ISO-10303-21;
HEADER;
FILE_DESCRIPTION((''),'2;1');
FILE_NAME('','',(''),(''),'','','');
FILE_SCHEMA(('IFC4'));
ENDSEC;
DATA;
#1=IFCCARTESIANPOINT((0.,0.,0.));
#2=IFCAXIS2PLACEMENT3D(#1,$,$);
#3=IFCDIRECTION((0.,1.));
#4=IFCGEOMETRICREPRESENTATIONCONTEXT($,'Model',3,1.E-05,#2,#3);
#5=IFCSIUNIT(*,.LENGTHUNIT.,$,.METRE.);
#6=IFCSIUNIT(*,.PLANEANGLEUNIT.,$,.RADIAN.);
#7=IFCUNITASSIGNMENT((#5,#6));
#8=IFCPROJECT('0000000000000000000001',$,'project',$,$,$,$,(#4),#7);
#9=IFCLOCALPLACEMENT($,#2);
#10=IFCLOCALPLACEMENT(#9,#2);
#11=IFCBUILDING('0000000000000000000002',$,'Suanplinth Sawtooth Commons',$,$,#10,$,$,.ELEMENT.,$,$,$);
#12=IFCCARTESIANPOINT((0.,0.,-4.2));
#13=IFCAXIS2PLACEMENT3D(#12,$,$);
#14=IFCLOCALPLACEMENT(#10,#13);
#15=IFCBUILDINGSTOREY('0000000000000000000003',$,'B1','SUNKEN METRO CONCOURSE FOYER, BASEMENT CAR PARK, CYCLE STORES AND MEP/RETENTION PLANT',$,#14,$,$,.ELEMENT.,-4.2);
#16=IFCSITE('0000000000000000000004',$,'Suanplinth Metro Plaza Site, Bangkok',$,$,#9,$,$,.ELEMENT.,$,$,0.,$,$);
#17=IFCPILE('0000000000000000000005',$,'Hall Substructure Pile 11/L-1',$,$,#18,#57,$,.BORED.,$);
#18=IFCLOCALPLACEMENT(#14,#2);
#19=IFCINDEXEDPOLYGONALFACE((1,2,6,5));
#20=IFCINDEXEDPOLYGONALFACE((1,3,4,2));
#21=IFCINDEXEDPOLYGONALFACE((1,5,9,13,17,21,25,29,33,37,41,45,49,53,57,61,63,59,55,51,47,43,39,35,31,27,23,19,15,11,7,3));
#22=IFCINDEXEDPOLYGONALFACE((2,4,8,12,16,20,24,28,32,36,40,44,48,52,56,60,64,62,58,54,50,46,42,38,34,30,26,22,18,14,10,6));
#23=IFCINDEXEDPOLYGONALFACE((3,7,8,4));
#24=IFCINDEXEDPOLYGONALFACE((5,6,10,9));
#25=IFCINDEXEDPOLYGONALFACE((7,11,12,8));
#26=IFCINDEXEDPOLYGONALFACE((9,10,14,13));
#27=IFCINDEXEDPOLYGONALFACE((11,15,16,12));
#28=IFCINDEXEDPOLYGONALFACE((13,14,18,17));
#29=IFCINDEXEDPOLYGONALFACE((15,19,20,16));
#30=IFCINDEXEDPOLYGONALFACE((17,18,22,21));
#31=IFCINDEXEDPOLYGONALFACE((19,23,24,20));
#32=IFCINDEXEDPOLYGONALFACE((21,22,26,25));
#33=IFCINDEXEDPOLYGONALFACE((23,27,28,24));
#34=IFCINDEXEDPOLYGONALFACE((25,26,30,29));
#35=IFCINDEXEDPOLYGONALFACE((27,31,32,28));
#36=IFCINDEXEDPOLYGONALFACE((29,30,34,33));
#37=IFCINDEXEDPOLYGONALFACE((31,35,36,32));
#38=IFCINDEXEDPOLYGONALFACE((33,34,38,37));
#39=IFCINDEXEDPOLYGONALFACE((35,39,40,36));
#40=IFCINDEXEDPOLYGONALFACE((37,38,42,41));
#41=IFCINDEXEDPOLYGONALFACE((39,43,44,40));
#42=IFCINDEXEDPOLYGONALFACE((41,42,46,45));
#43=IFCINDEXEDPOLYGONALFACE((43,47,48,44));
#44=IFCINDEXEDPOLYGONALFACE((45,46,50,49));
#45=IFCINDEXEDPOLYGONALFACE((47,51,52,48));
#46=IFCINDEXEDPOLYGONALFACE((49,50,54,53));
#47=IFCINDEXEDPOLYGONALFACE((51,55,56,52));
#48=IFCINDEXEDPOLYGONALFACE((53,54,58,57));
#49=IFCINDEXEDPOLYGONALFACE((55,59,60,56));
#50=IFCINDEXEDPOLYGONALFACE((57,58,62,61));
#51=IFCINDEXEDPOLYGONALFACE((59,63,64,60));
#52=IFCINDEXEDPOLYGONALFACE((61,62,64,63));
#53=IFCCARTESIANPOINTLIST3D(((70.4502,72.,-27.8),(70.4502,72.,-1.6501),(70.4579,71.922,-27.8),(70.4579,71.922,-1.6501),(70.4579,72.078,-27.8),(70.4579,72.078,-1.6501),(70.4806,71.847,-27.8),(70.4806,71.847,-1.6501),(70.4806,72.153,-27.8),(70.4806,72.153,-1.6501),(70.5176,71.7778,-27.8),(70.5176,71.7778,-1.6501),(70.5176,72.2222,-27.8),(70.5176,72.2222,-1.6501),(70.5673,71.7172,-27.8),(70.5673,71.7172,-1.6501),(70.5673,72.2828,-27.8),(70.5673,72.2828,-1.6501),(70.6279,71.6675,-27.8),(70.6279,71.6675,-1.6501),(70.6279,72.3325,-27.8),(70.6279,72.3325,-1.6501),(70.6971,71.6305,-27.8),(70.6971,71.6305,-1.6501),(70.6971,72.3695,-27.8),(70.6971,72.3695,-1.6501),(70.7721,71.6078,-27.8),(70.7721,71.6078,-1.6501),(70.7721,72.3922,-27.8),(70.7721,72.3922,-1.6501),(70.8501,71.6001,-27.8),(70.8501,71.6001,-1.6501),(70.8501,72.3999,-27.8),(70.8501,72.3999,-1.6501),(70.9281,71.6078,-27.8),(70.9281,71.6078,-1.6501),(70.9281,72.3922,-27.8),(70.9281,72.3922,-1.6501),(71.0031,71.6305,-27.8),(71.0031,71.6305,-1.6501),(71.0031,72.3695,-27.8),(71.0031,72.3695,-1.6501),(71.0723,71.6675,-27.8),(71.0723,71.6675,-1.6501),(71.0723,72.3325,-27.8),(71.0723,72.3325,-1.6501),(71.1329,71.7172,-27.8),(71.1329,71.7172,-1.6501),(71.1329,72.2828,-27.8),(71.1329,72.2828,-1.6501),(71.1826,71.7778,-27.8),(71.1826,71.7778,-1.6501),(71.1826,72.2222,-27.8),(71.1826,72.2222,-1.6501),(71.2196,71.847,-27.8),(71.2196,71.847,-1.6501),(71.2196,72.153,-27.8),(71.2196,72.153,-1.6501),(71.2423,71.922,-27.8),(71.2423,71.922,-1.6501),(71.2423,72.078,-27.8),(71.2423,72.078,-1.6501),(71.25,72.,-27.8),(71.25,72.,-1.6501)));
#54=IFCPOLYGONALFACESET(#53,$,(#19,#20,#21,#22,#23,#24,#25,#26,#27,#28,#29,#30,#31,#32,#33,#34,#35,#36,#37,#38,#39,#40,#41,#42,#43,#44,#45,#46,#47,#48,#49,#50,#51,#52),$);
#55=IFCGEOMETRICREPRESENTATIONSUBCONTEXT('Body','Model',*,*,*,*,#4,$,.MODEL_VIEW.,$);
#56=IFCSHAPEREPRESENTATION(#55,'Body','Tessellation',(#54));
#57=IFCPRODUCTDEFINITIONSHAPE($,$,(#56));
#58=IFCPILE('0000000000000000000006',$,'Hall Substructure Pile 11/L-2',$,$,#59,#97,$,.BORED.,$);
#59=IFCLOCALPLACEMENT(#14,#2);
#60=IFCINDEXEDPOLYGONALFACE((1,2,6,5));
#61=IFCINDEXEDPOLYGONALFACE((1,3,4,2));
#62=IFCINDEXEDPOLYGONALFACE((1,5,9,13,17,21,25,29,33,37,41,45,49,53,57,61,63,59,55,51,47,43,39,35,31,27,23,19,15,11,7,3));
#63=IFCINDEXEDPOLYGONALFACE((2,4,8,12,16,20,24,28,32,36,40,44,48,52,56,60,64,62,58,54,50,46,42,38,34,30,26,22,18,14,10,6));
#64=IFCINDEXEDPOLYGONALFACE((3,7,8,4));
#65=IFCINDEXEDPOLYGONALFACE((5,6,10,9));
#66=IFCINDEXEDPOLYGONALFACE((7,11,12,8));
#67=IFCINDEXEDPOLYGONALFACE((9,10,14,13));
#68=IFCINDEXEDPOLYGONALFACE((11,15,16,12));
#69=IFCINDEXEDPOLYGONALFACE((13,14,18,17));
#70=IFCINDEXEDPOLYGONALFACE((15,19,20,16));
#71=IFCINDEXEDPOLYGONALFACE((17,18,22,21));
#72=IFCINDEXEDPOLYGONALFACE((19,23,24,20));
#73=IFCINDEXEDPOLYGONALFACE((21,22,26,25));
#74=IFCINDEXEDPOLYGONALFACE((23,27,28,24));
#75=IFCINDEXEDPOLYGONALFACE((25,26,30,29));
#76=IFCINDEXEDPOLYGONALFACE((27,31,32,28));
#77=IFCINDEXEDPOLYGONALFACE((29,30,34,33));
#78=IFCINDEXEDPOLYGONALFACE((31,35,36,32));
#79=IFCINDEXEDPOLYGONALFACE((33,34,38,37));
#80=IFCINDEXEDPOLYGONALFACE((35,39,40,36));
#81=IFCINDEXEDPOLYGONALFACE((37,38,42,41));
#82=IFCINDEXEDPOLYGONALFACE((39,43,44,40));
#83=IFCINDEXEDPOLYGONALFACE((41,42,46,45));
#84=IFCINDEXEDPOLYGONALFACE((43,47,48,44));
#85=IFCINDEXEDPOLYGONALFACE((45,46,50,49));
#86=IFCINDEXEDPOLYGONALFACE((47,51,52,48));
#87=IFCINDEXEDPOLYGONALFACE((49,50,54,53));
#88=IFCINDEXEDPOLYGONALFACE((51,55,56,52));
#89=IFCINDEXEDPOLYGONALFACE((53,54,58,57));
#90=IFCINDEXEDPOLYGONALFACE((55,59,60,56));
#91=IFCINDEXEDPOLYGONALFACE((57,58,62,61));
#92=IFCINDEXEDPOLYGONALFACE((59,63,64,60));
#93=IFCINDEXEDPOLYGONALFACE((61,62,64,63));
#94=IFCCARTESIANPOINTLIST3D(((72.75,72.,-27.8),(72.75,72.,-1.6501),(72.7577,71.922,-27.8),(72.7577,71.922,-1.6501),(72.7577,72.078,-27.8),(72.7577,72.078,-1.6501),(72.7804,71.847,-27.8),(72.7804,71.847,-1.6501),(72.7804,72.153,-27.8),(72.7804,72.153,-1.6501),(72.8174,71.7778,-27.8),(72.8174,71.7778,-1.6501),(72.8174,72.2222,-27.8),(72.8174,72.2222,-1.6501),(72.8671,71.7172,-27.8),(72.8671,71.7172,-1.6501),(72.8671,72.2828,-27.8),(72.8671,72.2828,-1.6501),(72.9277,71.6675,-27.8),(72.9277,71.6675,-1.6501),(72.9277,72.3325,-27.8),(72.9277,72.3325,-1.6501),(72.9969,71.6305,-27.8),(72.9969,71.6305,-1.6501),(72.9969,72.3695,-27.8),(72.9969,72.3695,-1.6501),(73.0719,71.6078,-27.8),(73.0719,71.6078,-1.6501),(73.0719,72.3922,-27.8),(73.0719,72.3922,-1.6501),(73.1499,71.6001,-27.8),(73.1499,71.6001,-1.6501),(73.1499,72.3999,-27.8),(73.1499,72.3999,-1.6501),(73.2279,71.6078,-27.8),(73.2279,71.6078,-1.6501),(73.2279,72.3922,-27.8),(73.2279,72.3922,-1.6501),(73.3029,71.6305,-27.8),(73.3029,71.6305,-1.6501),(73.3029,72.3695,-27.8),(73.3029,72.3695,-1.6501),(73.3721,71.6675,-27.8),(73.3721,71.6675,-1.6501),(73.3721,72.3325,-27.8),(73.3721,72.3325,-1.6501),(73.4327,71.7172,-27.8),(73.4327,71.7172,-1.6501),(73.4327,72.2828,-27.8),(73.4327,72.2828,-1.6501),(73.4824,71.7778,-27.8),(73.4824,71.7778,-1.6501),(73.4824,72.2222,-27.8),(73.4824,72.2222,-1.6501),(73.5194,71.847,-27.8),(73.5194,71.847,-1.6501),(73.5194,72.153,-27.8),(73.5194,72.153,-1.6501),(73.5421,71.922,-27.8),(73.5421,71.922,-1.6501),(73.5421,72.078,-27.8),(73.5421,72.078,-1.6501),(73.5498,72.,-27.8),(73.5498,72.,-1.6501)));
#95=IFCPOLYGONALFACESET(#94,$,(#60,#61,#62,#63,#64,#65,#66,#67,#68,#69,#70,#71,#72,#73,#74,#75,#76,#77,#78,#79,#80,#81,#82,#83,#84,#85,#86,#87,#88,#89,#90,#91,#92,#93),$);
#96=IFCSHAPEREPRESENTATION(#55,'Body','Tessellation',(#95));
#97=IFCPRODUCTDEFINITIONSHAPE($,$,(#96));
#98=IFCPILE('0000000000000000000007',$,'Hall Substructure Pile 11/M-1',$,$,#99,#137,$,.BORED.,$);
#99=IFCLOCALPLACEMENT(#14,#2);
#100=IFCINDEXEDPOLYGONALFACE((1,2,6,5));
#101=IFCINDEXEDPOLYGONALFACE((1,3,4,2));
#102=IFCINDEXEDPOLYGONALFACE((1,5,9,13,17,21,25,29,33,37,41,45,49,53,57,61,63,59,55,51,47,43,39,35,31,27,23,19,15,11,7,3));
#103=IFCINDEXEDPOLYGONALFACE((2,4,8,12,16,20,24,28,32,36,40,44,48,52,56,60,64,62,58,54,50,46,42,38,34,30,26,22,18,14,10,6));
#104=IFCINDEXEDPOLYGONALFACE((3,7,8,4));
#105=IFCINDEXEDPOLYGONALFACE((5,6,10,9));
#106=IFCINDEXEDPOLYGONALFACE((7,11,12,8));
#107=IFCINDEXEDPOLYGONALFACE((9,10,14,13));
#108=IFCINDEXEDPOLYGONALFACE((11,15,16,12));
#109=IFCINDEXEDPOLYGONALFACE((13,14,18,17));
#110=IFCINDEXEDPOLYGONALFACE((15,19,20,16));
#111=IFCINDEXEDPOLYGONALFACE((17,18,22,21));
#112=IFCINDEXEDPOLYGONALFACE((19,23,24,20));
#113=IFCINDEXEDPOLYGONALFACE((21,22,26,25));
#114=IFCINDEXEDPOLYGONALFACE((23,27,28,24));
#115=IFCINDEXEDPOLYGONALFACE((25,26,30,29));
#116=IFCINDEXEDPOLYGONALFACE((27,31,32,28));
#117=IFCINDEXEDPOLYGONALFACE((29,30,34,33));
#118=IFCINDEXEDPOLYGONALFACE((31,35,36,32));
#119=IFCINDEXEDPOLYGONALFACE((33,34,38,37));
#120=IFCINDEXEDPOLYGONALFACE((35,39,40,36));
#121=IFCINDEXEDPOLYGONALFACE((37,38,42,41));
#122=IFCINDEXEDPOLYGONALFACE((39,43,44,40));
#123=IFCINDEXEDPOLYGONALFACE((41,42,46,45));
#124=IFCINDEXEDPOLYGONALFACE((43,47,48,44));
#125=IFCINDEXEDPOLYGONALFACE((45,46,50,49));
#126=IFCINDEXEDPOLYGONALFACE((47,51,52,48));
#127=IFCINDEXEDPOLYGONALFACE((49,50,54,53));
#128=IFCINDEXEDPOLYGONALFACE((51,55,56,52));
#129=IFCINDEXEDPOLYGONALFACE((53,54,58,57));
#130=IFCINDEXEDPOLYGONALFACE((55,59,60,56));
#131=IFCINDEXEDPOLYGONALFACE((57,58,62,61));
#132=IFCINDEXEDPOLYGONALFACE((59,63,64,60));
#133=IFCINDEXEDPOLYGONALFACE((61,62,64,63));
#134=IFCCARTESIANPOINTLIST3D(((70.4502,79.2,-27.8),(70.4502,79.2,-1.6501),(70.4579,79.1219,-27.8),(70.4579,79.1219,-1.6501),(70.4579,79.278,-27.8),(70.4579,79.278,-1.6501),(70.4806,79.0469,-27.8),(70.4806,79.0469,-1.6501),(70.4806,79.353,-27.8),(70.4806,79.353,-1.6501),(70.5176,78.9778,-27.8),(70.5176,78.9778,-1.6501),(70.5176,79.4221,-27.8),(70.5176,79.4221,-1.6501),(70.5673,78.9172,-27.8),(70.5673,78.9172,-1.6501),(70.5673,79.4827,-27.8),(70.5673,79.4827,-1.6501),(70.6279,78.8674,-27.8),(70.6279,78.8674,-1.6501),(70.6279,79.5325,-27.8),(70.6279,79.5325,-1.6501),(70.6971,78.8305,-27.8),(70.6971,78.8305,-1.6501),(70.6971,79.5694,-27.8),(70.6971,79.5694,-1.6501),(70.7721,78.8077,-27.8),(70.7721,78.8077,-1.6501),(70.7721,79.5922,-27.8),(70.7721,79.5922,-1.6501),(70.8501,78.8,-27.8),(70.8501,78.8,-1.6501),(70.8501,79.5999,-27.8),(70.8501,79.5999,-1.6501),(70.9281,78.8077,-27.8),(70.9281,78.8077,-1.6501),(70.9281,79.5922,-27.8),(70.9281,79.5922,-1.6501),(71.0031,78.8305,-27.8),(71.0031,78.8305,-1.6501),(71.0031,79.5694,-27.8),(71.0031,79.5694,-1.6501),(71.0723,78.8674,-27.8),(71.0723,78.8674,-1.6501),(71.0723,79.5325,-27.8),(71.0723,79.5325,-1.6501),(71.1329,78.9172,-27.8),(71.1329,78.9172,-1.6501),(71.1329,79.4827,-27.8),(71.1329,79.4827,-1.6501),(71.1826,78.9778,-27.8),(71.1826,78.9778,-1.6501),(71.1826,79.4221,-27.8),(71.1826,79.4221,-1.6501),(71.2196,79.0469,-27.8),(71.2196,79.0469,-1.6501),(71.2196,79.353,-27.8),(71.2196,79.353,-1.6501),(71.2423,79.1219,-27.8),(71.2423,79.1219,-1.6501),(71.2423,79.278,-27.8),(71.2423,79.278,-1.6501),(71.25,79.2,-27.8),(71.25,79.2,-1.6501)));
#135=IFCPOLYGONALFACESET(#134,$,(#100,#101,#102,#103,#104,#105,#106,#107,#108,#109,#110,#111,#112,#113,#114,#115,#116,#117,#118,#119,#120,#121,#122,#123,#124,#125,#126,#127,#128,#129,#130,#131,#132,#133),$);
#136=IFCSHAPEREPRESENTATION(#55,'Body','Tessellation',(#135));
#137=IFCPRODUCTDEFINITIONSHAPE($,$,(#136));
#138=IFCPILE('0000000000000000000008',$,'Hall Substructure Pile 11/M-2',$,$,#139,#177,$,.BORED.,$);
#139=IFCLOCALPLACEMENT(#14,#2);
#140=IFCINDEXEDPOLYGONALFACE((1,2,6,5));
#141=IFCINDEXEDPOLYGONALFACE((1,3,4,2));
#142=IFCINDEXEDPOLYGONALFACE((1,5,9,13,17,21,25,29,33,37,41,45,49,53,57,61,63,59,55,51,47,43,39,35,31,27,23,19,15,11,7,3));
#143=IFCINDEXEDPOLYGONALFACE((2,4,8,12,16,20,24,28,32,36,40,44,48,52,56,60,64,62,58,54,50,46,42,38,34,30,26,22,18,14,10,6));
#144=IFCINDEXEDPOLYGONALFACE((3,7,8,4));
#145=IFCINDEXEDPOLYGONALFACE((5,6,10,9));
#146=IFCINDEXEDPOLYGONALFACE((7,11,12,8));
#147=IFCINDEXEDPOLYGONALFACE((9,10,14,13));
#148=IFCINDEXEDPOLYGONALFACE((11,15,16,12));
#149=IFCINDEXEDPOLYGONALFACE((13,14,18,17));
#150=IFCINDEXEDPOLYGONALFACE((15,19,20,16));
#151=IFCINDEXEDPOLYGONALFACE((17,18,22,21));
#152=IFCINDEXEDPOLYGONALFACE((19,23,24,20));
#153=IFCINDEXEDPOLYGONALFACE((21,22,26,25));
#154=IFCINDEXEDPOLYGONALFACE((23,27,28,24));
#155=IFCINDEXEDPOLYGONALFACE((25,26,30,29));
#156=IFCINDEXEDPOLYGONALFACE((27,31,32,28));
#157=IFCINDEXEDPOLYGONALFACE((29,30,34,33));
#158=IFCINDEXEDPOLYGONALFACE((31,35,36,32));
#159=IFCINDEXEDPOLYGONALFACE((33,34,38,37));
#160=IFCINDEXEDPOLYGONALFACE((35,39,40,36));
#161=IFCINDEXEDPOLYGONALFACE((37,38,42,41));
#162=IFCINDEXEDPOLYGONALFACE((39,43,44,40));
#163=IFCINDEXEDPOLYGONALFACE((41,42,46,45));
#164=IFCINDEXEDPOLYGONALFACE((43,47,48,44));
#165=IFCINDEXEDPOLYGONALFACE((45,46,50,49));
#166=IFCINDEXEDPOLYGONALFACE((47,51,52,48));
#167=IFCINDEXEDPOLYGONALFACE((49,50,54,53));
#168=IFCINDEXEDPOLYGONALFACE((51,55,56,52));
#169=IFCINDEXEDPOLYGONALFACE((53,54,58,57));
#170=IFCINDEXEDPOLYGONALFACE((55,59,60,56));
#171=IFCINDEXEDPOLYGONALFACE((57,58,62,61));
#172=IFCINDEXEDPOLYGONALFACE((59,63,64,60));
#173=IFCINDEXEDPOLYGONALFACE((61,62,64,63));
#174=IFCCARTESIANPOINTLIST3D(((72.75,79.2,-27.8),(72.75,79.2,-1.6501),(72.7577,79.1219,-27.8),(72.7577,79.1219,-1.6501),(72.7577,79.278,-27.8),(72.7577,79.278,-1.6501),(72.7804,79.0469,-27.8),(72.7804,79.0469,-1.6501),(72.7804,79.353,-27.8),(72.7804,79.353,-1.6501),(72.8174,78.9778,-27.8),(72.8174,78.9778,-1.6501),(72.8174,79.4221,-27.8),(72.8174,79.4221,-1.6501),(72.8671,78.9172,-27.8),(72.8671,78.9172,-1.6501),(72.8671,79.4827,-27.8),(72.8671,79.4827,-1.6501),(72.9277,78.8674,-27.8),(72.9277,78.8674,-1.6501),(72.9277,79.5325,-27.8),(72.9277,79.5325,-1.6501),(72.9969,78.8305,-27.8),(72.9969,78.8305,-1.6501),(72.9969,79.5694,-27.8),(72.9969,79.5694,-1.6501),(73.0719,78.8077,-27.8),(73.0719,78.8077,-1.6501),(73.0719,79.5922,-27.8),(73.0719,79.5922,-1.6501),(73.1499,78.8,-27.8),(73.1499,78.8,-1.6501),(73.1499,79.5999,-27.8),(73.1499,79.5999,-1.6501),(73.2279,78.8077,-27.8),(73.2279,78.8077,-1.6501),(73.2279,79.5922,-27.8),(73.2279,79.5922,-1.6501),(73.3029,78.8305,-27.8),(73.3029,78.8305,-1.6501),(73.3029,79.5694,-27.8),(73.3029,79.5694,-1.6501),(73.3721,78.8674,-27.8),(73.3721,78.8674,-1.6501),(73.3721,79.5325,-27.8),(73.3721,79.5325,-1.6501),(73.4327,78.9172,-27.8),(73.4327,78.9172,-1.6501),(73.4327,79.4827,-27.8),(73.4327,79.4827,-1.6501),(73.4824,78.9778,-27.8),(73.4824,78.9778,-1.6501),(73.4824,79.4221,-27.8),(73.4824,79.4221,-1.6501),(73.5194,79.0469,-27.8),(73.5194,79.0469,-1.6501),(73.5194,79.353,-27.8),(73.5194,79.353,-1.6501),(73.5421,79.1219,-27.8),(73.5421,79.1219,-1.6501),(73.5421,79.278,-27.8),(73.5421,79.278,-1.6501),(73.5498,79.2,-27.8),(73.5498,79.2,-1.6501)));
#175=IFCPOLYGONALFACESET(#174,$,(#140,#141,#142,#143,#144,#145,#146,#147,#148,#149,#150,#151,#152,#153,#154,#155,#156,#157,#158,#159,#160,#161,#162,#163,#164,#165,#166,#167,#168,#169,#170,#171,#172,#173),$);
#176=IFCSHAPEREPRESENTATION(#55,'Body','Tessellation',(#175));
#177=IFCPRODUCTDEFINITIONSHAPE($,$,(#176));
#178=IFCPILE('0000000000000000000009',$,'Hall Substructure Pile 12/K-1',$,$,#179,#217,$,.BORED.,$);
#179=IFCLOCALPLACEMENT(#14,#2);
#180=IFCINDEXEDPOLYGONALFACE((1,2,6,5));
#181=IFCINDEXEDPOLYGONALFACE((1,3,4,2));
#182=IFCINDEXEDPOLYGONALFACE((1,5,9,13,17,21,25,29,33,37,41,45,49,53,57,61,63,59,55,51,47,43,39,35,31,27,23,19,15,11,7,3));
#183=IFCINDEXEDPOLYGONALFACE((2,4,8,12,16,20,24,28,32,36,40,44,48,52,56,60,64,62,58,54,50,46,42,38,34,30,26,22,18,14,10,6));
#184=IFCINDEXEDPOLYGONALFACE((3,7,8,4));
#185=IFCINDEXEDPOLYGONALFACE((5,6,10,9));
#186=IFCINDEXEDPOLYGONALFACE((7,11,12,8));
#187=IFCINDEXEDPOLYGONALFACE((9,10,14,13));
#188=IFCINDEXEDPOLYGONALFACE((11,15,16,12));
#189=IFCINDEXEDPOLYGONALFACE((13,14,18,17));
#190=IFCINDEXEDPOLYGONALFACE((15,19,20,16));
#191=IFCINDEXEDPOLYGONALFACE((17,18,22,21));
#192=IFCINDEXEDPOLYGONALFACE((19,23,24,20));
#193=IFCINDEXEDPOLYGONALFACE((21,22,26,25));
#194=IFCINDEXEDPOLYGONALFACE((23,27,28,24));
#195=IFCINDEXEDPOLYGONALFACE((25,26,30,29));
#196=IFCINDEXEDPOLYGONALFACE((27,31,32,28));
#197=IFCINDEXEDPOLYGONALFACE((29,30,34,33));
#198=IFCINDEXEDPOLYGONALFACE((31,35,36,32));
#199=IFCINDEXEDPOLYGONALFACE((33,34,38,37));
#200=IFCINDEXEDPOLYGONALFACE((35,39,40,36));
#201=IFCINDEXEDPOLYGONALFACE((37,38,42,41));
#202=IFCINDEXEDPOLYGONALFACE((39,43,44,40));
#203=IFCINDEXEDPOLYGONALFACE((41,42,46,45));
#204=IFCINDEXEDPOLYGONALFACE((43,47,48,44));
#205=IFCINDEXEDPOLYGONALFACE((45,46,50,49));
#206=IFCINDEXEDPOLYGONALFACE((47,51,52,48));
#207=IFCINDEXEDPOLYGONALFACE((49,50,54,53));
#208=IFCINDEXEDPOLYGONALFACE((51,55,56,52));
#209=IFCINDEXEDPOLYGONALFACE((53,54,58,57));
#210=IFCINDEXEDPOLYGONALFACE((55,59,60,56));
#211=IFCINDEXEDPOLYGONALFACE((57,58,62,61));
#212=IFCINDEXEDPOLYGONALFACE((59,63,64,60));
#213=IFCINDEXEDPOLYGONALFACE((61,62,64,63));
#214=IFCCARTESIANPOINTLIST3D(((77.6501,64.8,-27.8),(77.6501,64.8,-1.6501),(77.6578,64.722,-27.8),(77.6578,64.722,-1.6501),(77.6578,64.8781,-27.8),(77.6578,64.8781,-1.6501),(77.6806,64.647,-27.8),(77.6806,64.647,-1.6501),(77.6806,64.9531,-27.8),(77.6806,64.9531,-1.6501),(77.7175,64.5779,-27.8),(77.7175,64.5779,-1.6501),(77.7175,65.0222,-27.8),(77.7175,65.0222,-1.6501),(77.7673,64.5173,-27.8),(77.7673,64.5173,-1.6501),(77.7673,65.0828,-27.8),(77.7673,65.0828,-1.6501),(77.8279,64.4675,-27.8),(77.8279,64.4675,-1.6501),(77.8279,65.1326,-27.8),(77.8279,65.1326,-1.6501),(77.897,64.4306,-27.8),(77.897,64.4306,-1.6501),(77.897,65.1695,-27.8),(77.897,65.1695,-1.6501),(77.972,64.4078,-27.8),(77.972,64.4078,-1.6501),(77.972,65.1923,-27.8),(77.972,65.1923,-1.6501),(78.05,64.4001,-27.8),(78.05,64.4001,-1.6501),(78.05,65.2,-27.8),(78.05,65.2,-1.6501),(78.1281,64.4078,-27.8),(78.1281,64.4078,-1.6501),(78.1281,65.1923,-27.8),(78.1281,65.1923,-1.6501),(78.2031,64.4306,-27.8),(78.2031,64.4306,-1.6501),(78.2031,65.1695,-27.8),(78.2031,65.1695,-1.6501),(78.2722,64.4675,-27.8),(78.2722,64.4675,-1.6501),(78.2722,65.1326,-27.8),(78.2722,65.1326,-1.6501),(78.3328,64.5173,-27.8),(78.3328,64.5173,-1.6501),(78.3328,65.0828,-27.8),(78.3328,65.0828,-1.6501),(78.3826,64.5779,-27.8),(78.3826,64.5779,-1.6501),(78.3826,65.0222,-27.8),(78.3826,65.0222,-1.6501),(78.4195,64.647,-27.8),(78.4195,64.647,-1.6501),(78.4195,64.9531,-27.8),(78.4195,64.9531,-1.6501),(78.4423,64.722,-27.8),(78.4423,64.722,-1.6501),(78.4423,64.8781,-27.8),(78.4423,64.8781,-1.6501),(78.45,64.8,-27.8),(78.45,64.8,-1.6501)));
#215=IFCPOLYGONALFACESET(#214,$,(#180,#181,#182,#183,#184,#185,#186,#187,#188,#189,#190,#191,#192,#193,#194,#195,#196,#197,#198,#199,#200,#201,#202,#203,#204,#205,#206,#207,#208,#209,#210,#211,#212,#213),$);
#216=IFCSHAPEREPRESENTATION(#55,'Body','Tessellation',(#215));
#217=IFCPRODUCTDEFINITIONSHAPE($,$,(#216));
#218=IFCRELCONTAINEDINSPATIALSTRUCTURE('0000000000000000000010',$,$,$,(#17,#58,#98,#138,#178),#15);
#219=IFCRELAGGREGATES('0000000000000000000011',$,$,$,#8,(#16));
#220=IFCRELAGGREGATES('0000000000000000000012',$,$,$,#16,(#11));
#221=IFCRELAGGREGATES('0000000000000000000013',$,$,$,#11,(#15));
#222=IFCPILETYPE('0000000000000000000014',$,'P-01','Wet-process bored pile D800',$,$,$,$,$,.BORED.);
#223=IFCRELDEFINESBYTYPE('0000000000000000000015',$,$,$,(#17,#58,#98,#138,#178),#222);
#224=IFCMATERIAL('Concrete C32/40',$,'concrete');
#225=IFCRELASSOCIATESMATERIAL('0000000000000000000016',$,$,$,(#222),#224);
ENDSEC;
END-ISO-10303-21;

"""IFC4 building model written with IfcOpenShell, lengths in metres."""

from ifc_helpers import new_model, si_unit, direction, frame, origin, origin_2d, place, context, subcontext, project, spatial, circle, extrude, material, material_profile, profile_set, type_object, element, save


model = new_model("IFC4")

# Units and contexts
model_context = context("Model", 3, precision=1e-05, world=origin(), true_north=direction((0.0, 1.0)))
body_context = subcontext(model_context, "Body", "Model", "MODEL_VIEW")
ifc_project = project(units=[si_unit("LENGTHUNIT", "METRE"), si_unit("PLANEANGLEUNIT", "RADIAN")], contexts=[model_context])

# Site, building, storey
site_placement = place(None, origin())
site = spatial("IfcSite", under=ifc_project, at=site_placement, Name="Suanplinth Metro Plaza Site, Bangkok", CompositionType="ELEMENT", RefElevation=0.0)
building_placement = place(site_placement, origin())
building = spatial("IfcBuilding", under=site, at=building_placement, Name="Suanplinth Sawtooth Commons", CompositionType="ELEMENT")
storey_placement = place(building_placement, frame((0.0, 0.0, -4.2)))
storey = spatial("IfcBuildingStorey", under=building, at=storey_placement, Name="B1", Description="SUNKEN METRO CONCOURSE FOYER, BASEMENT CAR PARK, CYCLE STORES AND MEP/RETENTION PLANT", CompositionType="ELEMENT", Elevation=-4.2)

# Piles
ifc_material_1 = material(Name="Concrete C32/40", Category="concrete")
ifc_material_profile_1 = material_profile(ifc_material_1, circle(Radius=0.3999, at=origin_2d()), Name="PILE D800")
ifc_profile_set_1 = profile_set([ifc_material_profile_1], Name="Concrete C32/40")
pile_type_1 = type_object("IfcPileType", Name="P-01", Description="Wet-process bored pile D800", PredefinedType="BORED", material=ifc_profile_set_1)
for number, where, z_axis, x_axis, name in (
    (1, (70.8501, 72.0, -1.6501), (0.0, 0.0, -1.0), (1.0, 0.0, 0.0), "Hall Substructure Pile 11/L-1"),
    (2, (73.1499, 72.0, -1.6501), (0.0, 0.0, -1.0), (1.0, 0.0, 0.0), "Hall Substructure Pile 11/L-2"),
    (3, (70.8501, 79.2, -1.6501), (0.0, 0.0, -1.0), (1.0, 0.0, 0.0), "Hall Substructure Pile 11/M-1"),
    (4, (73.1499, 79.2, -1.6501), (0.0, 0.0, -1.0), (1.0, 0.0, 0.0), "Hall Substructure Pile 11/M-2"),
    (5, (78.05, 64.8, -1.6501), (0.0, 0.0, -1.0), (1.0, 0.0, 0.0), "Hall Substructure Pile 12/K-1"),
):
    element("IfcPile", number, at=place(storey_placement, frame(where, z_axis=z_axis, x_axis=x_axis)), inside=storey, type_object=pile_type_1, Name=name, PredefinedType="BORED", context=body_context, shape_type="SweptSolid", body=[
        extrude(circle(Radius=0.3999, at=origin_2d()), origin(), (0.0, 0.0, 1.0), 26.1499),
    ])

save(model, "model.ifc")
